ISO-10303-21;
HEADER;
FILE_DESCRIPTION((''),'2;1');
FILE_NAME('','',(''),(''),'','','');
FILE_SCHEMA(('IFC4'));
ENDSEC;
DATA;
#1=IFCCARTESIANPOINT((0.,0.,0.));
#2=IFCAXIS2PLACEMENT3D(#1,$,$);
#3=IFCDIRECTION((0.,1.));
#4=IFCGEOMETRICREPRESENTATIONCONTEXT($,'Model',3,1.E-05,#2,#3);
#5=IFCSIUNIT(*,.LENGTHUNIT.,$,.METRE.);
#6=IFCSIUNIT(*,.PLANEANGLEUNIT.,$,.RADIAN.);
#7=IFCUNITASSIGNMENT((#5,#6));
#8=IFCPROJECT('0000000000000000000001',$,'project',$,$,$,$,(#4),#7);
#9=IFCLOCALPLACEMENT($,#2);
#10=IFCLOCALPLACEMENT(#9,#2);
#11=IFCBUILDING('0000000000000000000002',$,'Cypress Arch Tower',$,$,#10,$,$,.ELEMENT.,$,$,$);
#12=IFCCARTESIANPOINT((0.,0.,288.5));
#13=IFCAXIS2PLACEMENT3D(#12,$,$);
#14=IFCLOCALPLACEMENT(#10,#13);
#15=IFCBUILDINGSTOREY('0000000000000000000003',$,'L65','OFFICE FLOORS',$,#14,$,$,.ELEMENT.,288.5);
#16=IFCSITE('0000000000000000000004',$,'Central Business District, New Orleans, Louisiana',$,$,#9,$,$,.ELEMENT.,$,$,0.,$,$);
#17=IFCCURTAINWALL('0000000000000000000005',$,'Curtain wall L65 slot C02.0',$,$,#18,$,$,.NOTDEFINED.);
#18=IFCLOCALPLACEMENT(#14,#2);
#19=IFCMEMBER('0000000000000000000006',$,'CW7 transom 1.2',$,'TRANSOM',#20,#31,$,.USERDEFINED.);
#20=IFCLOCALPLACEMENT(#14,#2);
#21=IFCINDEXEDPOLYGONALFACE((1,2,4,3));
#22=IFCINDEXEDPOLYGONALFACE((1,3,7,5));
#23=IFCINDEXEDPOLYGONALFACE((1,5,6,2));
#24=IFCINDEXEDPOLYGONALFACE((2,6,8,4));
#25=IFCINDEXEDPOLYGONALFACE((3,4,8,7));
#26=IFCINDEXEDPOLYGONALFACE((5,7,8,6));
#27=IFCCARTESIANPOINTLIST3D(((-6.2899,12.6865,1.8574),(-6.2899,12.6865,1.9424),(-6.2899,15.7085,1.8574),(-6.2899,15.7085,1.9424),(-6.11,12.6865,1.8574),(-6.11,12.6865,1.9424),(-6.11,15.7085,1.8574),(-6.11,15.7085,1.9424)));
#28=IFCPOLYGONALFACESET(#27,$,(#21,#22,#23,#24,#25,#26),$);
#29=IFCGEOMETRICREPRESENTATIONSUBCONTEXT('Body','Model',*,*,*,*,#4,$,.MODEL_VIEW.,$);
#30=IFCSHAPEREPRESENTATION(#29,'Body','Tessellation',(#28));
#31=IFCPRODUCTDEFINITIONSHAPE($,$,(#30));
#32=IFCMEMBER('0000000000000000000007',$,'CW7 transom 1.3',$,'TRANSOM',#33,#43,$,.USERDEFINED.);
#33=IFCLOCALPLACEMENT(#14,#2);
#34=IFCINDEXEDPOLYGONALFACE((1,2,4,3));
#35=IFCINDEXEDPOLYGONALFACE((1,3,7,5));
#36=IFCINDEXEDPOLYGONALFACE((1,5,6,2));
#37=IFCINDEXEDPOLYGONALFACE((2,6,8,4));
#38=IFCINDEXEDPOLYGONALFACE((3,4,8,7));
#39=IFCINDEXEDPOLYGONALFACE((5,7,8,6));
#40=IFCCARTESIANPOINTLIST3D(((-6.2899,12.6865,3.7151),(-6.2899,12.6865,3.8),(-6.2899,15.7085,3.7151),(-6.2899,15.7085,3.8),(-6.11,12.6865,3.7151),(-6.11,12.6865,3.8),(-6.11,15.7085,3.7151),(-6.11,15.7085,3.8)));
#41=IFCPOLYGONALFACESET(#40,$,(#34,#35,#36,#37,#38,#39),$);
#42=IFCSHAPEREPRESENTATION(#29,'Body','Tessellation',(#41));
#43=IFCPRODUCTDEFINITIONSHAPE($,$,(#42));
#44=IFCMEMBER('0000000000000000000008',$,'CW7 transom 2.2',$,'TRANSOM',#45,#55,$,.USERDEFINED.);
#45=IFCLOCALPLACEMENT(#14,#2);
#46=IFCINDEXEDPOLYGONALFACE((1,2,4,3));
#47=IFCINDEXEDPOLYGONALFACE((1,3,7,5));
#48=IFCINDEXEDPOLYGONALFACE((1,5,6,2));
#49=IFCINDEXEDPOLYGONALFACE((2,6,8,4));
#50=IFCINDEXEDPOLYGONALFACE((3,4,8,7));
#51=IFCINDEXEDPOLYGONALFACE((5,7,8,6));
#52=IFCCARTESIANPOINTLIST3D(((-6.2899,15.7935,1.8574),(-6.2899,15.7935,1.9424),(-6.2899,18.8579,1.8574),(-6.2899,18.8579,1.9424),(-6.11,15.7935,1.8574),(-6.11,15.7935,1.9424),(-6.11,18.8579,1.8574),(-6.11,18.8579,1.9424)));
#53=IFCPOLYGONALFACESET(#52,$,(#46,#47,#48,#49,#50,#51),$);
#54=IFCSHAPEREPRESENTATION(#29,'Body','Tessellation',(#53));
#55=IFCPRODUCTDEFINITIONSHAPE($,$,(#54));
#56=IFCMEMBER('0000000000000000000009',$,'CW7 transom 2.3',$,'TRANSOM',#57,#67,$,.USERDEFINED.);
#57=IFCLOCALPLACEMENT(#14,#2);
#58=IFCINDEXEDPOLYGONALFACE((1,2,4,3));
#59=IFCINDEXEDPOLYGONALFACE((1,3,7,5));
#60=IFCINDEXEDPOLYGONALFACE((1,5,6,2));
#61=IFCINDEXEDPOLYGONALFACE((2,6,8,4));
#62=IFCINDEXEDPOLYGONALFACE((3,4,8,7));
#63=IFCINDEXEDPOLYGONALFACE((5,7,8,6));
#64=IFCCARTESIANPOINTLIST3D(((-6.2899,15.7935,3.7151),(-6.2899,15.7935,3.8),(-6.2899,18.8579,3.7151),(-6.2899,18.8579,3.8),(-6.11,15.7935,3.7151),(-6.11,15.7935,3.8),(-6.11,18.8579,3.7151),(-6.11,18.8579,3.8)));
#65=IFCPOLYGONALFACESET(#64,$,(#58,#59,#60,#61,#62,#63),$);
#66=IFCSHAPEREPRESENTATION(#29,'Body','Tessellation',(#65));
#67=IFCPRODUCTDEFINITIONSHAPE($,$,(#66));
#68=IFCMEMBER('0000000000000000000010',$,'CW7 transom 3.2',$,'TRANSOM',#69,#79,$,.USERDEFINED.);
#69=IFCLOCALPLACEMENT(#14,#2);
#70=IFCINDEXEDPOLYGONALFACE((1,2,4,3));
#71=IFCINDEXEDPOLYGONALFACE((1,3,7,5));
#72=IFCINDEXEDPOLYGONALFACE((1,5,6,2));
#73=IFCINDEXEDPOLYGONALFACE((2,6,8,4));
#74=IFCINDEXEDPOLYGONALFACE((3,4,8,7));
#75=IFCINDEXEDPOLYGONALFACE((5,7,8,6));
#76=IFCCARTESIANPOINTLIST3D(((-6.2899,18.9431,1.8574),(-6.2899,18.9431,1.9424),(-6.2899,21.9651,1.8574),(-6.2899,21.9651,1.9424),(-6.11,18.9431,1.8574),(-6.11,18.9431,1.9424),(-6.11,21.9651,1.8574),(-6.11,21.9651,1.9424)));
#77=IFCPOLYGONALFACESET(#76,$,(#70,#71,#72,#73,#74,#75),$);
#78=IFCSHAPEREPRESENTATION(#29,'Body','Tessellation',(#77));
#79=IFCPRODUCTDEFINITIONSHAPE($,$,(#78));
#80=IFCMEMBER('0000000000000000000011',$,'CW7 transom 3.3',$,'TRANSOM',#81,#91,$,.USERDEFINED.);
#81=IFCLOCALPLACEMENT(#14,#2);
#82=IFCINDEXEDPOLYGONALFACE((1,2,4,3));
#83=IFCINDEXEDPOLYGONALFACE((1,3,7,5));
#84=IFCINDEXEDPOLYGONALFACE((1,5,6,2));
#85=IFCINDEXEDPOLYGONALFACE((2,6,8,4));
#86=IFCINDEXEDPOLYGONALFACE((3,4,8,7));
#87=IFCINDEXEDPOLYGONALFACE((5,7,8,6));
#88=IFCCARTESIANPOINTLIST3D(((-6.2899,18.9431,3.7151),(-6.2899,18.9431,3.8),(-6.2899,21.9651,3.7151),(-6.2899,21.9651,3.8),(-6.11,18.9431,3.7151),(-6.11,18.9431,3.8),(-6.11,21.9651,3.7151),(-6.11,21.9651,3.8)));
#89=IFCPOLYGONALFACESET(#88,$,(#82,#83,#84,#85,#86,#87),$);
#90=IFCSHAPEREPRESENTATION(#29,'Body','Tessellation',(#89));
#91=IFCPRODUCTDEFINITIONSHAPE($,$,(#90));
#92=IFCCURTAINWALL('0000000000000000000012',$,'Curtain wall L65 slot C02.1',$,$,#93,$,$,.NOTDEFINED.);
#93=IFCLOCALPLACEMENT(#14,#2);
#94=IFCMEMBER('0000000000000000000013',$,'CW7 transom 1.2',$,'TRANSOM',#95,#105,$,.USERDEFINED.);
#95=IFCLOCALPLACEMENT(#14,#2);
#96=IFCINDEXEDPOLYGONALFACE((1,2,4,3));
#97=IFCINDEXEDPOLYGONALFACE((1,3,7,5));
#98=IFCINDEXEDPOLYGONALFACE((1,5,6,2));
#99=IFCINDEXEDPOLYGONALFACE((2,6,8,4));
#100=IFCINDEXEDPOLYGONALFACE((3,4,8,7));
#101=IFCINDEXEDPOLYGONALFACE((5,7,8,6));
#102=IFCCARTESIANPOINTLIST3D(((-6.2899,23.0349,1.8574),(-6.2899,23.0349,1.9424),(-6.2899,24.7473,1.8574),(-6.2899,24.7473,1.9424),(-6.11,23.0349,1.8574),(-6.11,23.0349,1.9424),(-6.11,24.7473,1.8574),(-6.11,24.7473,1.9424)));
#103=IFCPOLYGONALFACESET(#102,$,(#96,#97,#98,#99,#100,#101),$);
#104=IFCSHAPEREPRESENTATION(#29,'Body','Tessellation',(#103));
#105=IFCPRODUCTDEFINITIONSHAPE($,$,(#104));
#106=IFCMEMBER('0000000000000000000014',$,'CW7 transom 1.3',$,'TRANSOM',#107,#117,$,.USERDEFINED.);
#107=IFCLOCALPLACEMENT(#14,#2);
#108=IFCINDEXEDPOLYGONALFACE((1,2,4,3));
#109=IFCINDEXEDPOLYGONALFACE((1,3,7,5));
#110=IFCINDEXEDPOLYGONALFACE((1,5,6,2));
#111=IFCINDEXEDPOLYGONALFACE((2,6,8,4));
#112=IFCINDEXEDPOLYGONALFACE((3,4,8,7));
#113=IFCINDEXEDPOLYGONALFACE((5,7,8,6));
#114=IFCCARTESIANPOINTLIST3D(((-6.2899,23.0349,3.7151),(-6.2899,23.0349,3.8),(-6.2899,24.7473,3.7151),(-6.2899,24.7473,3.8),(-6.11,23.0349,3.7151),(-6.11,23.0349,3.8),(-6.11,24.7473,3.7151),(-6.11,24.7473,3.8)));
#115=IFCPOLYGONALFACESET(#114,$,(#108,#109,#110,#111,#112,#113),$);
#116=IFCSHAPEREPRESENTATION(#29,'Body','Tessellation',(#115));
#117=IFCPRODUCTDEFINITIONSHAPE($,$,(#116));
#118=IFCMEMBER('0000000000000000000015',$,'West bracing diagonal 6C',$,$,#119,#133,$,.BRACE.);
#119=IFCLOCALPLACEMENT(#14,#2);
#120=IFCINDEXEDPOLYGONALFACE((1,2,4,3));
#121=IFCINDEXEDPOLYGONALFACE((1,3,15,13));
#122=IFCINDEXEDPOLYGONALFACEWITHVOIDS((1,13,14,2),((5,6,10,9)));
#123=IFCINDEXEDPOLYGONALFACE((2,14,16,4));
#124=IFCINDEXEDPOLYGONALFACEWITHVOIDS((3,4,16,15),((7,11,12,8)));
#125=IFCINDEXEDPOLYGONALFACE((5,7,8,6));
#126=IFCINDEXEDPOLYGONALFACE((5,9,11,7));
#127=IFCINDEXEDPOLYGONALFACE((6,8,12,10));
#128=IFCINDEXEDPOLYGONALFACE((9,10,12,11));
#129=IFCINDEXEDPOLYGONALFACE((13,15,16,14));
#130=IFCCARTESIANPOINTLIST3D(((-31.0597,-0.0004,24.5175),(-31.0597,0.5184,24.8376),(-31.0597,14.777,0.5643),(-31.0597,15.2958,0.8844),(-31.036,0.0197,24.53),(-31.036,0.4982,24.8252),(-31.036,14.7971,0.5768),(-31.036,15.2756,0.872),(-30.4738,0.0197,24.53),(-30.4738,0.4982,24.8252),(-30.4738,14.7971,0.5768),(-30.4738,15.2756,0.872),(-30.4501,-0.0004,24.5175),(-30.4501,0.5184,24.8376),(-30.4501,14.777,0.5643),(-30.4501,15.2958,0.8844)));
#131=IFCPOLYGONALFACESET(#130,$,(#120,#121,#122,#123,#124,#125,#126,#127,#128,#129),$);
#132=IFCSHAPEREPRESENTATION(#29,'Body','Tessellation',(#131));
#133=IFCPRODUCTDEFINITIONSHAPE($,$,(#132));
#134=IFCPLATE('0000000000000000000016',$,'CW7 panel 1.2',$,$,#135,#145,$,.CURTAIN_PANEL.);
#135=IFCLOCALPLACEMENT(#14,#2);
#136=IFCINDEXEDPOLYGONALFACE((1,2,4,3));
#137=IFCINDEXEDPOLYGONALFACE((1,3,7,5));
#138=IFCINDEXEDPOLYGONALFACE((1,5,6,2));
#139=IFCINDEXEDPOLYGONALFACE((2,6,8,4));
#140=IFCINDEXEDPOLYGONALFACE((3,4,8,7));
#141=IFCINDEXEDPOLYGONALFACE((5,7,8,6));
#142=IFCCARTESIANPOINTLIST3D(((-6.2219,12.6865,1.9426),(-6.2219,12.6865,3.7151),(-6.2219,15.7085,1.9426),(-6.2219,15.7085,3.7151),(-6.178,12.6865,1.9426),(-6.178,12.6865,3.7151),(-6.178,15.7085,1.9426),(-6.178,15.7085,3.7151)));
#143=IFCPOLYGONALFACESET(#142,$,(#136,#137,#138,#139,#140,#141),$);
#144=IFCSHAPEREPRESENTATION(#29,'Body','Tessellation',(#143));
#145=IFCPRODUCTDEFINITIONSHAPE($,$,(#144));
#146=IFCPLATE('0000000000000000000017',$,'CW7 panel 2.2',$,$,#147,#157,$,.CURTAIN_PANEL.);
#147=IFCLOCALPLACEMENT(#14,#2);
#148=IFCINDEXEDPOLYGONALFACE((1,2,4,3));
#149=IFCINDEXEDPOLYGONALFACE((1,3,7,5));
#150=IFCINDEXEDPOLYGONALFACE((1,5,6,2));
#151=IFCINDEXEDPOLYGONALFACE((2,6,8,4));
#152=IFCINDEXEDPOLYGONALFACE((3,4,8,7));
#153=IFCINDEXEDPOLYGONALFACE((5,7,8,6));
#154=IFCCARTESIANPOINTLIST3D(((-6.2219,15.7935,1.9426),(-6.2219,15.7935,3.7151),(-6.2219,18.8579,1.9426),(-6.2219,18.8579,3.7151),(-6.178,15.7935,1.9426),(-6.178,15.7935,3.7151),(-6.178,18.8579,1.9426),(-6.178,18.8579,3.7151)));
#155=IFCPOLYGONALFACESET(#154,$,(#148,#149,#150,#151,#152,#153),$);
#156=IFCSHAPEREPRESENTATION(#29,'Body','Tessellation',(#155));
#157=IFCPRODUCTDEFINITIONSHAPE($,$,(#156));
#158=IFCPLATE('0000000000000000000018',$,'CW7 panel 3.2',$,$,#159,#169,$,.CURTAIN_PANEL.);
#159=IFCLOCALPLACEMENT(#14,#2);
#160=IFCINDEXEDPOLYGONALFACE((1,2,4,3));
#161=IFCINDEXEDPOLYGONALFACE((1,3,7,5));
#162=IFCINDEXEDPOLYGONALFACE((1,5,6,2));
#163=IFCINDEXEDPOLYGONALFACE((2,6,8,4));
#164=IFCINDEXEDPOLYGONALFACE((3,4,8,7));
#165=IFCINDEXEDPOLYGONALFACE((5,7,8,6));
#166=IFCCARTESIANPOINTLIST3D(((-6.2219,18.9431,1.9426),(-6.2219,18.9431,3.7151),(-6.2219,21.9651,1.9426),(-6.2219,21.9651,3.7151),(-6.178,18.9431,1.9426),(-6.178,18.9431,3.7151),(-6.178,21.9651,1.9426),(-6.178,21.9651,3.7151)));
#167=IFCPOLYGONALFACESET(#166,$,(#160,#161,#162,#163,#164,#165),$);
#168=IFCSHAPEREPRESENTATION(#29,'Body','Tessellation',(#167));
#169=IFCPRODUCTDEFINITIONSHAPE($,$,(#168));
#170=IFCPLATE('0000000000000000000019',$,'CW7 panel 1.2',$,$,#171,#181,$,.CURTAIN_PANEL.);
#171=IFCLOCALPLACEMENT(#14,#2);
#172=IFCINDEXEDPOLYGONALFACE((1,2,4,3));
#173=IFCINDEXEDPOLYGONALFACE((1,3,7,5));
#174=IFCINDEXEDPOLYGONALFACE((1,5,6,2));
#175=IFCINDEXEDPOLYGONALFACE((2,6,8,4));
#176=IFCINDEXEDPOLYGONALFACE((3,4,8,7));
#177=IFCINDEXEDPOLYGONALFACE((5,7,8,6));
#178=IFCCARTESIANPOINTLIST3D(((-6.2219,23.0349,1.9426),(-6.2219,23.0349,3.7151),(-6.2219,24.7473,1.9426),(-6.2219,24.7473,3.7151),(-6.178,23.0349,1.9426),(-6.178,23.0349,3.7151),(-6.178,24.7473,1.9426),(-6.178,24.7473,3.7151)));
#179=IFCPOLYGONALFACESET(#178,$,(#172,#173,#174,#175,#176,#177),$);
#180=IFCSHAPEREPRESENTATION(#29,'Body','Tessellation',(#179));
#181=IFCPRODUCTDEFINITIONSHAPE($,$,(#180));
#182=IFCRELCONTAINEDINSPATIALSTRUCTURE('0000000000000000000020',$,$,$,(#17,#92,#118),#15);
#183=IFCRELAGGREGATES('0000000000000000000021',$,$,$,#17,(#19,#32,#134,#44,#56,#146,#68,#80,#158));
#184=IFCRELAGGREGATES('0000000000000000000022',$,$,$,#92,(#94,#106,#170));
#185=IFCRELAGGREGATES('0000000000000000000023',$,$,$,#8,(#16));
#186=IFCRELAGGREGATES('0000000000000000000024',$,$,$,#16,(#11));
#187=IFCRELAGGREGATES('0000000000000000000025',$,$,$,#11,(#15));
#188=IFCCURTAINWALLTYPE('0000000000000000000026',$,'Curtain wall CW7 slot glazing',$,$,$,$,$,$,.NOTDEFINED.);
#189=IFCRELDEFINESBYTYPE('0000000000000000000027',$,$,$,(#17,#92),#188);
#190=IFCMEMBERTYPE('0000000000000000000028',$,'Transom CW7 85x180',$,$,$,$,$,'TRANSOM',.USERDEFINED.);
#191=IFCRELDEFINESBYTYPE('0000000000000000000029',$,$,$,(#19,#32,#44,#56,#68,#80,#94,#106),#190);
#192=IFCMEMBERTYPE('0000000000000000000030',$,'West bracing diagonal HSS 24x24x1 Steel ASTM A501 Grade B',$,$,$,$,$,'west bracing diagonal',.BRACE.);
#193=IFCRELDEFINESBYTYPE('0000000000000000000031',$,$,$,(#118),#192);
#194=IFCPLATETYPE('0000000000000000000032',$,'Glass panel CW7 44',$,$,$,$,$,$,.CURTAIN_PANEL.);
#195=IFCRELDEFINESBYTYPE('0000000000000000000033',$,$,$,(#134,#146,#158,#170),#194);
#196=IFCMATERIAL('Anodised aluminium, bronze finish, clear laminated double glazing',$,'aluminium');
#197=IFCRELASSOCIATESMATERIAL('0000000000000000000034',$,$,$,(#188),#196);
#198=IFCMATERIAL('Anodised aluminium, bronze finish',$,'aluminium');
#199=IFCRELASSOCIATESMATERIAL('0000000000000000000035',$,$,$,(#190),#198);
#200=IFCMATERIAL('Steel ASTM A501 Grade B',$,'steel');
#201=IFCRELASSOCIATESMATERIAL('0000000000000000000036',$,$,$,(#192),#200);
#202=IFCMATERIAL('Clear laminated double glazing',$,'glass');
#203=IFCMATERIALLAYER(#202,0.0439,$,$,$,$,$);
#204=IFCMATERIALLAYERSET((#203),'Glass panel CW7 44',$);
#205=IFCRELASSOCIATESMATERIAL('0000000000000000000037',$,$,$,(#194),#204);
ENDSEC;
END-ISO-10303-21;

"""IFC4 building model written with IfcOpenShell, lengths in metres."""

from ifc_helpers import new_model, si_unit, direction, frame, origin, origin_2d, place, context, subcontext, project, spatial, rectangle, hollow_rectangle, extrude, material, layer, layer_set, material_profile, profile_set, type_object, element, aggregate, save


model = new_model("IFC4")

# Units and contexts
model_context = context("Model", 3, precision=1e-05, world=origin(), true_north=direction((0.0, 1.0)))
body_context = subcontext(model_context, "Body", "Model", "MODEL_VIEW")
ifc_project = project(units=[si_unit("LENGTHUNIT", "METRE"), si_unit("PLANEANGLEUNIT", "RADIAN")], contexts=[model_context])

# Site, building, storey
site_placement = place(None, origin())
site = spatial("IfcSite", under=ifc_project, at=site_placement, Name="Central Business District, New Orleans, Louisiana", CompositionType="ELEMENT", RefElevation=0.0)
building_placement = place(site_placement, origin())
building = spatial("IfcBuilding", under=site, at=building_placement, Name="Cypress Arch Tower", CompositionType="ELEMENT")
storey_placement = place(building_placement, frame((0.0, 0.0, 288.5)))
storey = spatial("IfcBuildingStorey", under=building, at=storey_placement, Name="L65", Description="OFFICE FLOORS", CompositionType="ELEMENT", Elevation=288.5)

# Curtain walls, members
ifc_material_1 = material(Name="Anodised aluminium, bronze finish, clear laminated double glazing", Category="aluminium")
curtain_wall_type = type_object("IfcCurtainWallType", Name="Curtain wall CW7 slot glazing", PredefinedType="NOTDEFINED", material=ifc_material_1)
curtain_wall_1_placement = place(storey_placement, origin())
curtain_wall_1 = element("IfcCurtainWall", 1, at=curtain_wall_1_placement, inside=storey, type_object=curtain_wall_type, Name="Curtain wall L65 slot C02.0", PredefinedType="NOTDEFINED")
ifc_material_2 = material(Name="Anodised aluminium, bronze finish", Category="aluminium")
ifc_material_profile_1 = material_profile(ifc_material_2, rectangle(XDim=0.1799, YDim=0.085, at=origin_2d()), Name="Transom 85x180")
ifc_profile_set_1 = profile_set([ifc_material_profile_1], Name="Anodised aluminium, bronze finish")
member_type_1 = type_object("IfcMemberType", Name="Transom CW7 85x180", ElementType="TRANSOM", PredefinedType="USERDEFINED", material=ifc_profile_set_1)
member_1_placement = place(storey_placement, frame((-6.2, 12.6865, 1.8999), z_axis=(0.0, 1.0, 0.0), x_axis=(-1.0, 0.0, 0.0)))
member_1 = element("IfcMember", 2, at=member_1_placement, type_object=member_type_1, Name="CW7 transom 1.2", ObjectType="TRANSOM", PredefinedType="USERDEFINED", context=body_context, shape_type="SweptSolid", body=[
    extrude(rectangle(XDim=0.1799, YDim=0.085, at=origin_2d()), origin(), (0.0, 0.0, 1.0), 3.022),
])
member_2_placement = place(storey_placement, frame((-6.2, 12.6865, 3.7576), z_axis=(0.0, 1.0, 0.0), x_axis=(-1.0, 0.0, 0.0)))
member_2 = element("IfcMember", 3, at=member_2_placement, type_object=member_type_1, Name="CW7 transom 1.3", ObjectType="TRANSOM", PredefinedType="USERDEFINED", context=body_context, shape_type="SweptSolid", body=[
    extrude(rectangle(XDim=0.1799, YDim=0.085, at=origin_2d()), origin(), (0.0, 0.0, 1.0), 3.022),
])
member_3_placement = place(storey_placement, frame((-6.2, 15.7935, 1.8999), z_axis=(0.0, 1.0, 0.0), x_axis=(-1.0, 0.0, 0.0)))
member_3 = element("IfcMember", 4, at=member_3_placement, type_object=member_type_1, Name="CW7 transom 2.2", ObjectType="TRANSOM", PredefinedType="USERDEFINED", context=body_context, shape_type="SweptSolid", body=[
    extrude(rectangle(XDim=0.1799, YDim=0.085, at=origin_2d()), origin(), (0.0, 0.0, 1.0), 3.0645),
])
member_4_placement = place(storey_placement, frame((-6.2, 15.7935, 3.7576), z_axis=(0.0, 1.0, 0.0), x_axis=(-1.0, 0.0, 0.0)))
member_4 = element("IfcMember", 5, at=member_4_placement, type_object=member_type_1, Name="CW7 transom 2.3", ObjectType="TRANSOM", PredefinedType="USERDEFINED", context=body_context, shape_type="SweptSolid", body=[
    extrude(rectangle(XDim=0.1799, YDim=0.085, at=origin_2d()), origin(), (0.0, 0.0, 1.0), 3.0645),
])
member_5_placement = place(storey_placement, frame((-6.2, 18.9431, 1.8999), z_axis=(0.0, 1.0, 0.0), x_axis=(-1.0, 0.0, 0.0)))
member_5 = element("IfcMember", 6, at=member_5_placement, type_object=member_type_1, Name="CW7 transom 3.2", ObjectType="TRANSOM", PredefinedType="USERDEFINED", context=body_context, shape_type="SweptSolid", body=[
    extrude(rectangle(XDim=0.1799, YDim=0.085, at=origin_2d()), origin(), (0.0, 0.0, 1.0), 3.022),
])
member_6_placement = place(storey_placement, frame((-6.2, 18.9431, 3.7576), z_axis=(0.0, 1.0, 0.0), x_axis=(-1.0, 0.0, 0.0)))
member_6 = element("IfcMember", 7, at=member_6_placement, type_object=member_type_1, Name="CW7 transom 3.3", ObjectType="TRANSOM", PredefinedType="USERDEFINED", context=body_context, shape_type="SweptSolid", body=[
    extrude(rectangle(XDim=0.1799, YDim=0.085, at=origin_2d()), origin(), (0.0, 0.0, 1.0), 3.022),
])
curtain_wall_2_placement = place(storey_placement, origin())
curtain_wall_2 = element("IfcCurtainWall", 8, at=curtain_wall_2_placement, inside=storey, type_object=curtain_wall_type, Name="Curtain wall L65 slot C02.1", PredefinedType="NOTDEFINED")
member_7_placement = place(storey_placement, frame((-6.2, 23.0349, 1.8999), z_axis=(0.0, 1.0, 0.0), x_axis=(-1.0, 0.0, 0.0)))
member_7 = element("IfcMember", 9, at=member_7_placement, type_object=member_type_1, Name="CW7 transom 1.2", ObjectType="TRANSOM", PredefinedType="USERDEFINED", context=body_context, shape_type="SweptSolid", body=[
    extrude(rectangle(XDim=0.1799, YDim=0.085, at=origin_2d()), origin(), (0.0, 0.0, 1.0), 1.7124),
])
member_8_placement = place(storey_placement, frame((-6.2, 23.0349, 3.7576), z_axis=(0.0, 1.0, 0.0), x_axis=(-1.0, 0.0, 0.0)))
member_8 = element("IfcMember", 10, at=member_8_placement, type_object=member_type_1, Name="CW7 transom 1.3", ObjectType="TRANSOM", PredefinedType="USERDEFINED", context=body_context, shape_type="SweptSolid", body=[
    extrude(rectangle(XDim=0.1799, YDim=0.085, at=origin_2d()), origin(), (0.0, 0.0, 1.0), 1.7124),
])

# Member
ifc_material_3 = material(Name="Steel ASTM A501 Grade B", Category="steel")
ifc_material_profile_2 = material_profile(ifc_material_3, hollow_rectangle(XDim=0.6096, YDim=0.6096, WallThickness=0.0237, at=origin_2d()), Name="HSS 24x24x1")
ifc_profile_set_2 = profile_set([ifc_material_profile_2], Name="Steel ASTM A501 Grade B")
member_type_2 = type_object("IfcMemberType", Name="West bracing diagonal HSS 24x24x1 Steel ASTM A501 Grade B", ElementType="west bracing diagonal", PredefinedType="BRACE", material=ifc_profile_set_2)
member_9_placement = place(storey_placement, frame((-30.7549, 15.0364, 0.7244), z_axis=(0.0, -0.52505, 0.851072), x_axis=(1.0, 0.0, 0.0)))
element("IfcMember", 11, at=member_9_placement, inside=storey, type_object=member_type_2, Name="West bracing diagonal 6C", PredefinedType="BRACE", context=body_context, shape_type="SweptSolid", body=[
    extrude(hollow_rectangle(XDim=0.6096, YDim=0.6096, WallThickness=0.0237, at=origin_2d()), origin(), (0.0, 0.0, 1.0), 28.1448),
])

# Plates
ifc_material_4 = material(Name="Clear laminated double glazing", Category="glass")
ifc_layer = layer(ifc_material_4, 0.0439)
ifc_layer_set = layer_set([ifc_layer], Name="Glass panel CW7 44")
plate_type = type_object("IfcPlateType", Name="Glass panel CW7 44", PredefinedType="CURTAIN_PANEL", material=ifc_layer_set)
plate_1_placement = place(storey_placement, frame((-6.2, 14.1975, 1.9426), z_axis=(0.0, 0.0, 1.0), x_axis=(0.0, 1.0, 0.0)))
plate_1 = element("IfcPlate", 12, at=plate_1_placement, type_object=plate_type, Name="CW7 panel 1.2", PredefinedType="CURTAIN_PANEL", context=body_context, shape_type="SweptSolid", body=[
    extrude(rectangle(XDim=3.022, YDim=0.0439, at=origin_2d()), origin(), (0.0, 0.0, 1.0), 1.7725),
])
plate_2_placement = place(storey_placement, frame((-6.2, 17.3257, 1.9426), z_axis=(0.0, 0.0, 1.0), x_axis=(0.0, 1.0, 0.0)))
plate_2 = element("IfcPlate", 13, at=plate_2_placement, type_object=plate_type, Name="CW7 panel 2.2", PredefinedType="CURTAIN_PANEL", context=body_context, shape_type="SweptSolid", body=[
    extrude(rectangle(XDim=3.0645, YDim=0.0439, at=origin_2d()), origin(), (0.0, 0.0, 1.0), 1.7725),
])
plate_3_placement = place(storey_placement, frame((-6.2, 20.4541, 1.9426), z_axis=(0.0, 0.0, 1.0), x_axis=(0.0, 1.0, 0.0)))
plate_3 = element("IfcPlate", 14, at=plate_3_placement, type_object=plate_type, Name="CW7 panel 3.2", PredefinedType="CURTAIN_PANEL", context=body_context, shape_type="SweptSolid", body=[
    extrude(rectangle(XDim=3.022, YDim=0.0439, at=origin_2d()), origin(), (0.0, 0.0, 1.0), 1.7725),
])
aggregate(curtain_wall_1, [member_1, member_2, plate_1, member_3, member_4, plate_2, member_5, member_6, plate_3])
plate_4_placement = place(storey_placement, frame((-6.2, 23.8911, 1.9426), z_axis=(0.0, 0.0, 1.0), x_axis=(0.0, 1.0, 0.0)))
plate_4 = element("IfcPlate", 15, at=plate_4_placement, type_object=plate_type, Name="CW7 panel 1.2", PredefinedType="CURTAIN_PANEL", context=body_context, shape_type="SweptSolid", body=[
    extrude(rectangle(XDim=1.7124, YDim=0.0439, at=origin_2d()), origin(), (0.0, 0.0, 1.0), 1.7725),
])
aggregate(curtain_wall_2, [member_7, member_8, plate_4])

save(model, "model.ifc")
